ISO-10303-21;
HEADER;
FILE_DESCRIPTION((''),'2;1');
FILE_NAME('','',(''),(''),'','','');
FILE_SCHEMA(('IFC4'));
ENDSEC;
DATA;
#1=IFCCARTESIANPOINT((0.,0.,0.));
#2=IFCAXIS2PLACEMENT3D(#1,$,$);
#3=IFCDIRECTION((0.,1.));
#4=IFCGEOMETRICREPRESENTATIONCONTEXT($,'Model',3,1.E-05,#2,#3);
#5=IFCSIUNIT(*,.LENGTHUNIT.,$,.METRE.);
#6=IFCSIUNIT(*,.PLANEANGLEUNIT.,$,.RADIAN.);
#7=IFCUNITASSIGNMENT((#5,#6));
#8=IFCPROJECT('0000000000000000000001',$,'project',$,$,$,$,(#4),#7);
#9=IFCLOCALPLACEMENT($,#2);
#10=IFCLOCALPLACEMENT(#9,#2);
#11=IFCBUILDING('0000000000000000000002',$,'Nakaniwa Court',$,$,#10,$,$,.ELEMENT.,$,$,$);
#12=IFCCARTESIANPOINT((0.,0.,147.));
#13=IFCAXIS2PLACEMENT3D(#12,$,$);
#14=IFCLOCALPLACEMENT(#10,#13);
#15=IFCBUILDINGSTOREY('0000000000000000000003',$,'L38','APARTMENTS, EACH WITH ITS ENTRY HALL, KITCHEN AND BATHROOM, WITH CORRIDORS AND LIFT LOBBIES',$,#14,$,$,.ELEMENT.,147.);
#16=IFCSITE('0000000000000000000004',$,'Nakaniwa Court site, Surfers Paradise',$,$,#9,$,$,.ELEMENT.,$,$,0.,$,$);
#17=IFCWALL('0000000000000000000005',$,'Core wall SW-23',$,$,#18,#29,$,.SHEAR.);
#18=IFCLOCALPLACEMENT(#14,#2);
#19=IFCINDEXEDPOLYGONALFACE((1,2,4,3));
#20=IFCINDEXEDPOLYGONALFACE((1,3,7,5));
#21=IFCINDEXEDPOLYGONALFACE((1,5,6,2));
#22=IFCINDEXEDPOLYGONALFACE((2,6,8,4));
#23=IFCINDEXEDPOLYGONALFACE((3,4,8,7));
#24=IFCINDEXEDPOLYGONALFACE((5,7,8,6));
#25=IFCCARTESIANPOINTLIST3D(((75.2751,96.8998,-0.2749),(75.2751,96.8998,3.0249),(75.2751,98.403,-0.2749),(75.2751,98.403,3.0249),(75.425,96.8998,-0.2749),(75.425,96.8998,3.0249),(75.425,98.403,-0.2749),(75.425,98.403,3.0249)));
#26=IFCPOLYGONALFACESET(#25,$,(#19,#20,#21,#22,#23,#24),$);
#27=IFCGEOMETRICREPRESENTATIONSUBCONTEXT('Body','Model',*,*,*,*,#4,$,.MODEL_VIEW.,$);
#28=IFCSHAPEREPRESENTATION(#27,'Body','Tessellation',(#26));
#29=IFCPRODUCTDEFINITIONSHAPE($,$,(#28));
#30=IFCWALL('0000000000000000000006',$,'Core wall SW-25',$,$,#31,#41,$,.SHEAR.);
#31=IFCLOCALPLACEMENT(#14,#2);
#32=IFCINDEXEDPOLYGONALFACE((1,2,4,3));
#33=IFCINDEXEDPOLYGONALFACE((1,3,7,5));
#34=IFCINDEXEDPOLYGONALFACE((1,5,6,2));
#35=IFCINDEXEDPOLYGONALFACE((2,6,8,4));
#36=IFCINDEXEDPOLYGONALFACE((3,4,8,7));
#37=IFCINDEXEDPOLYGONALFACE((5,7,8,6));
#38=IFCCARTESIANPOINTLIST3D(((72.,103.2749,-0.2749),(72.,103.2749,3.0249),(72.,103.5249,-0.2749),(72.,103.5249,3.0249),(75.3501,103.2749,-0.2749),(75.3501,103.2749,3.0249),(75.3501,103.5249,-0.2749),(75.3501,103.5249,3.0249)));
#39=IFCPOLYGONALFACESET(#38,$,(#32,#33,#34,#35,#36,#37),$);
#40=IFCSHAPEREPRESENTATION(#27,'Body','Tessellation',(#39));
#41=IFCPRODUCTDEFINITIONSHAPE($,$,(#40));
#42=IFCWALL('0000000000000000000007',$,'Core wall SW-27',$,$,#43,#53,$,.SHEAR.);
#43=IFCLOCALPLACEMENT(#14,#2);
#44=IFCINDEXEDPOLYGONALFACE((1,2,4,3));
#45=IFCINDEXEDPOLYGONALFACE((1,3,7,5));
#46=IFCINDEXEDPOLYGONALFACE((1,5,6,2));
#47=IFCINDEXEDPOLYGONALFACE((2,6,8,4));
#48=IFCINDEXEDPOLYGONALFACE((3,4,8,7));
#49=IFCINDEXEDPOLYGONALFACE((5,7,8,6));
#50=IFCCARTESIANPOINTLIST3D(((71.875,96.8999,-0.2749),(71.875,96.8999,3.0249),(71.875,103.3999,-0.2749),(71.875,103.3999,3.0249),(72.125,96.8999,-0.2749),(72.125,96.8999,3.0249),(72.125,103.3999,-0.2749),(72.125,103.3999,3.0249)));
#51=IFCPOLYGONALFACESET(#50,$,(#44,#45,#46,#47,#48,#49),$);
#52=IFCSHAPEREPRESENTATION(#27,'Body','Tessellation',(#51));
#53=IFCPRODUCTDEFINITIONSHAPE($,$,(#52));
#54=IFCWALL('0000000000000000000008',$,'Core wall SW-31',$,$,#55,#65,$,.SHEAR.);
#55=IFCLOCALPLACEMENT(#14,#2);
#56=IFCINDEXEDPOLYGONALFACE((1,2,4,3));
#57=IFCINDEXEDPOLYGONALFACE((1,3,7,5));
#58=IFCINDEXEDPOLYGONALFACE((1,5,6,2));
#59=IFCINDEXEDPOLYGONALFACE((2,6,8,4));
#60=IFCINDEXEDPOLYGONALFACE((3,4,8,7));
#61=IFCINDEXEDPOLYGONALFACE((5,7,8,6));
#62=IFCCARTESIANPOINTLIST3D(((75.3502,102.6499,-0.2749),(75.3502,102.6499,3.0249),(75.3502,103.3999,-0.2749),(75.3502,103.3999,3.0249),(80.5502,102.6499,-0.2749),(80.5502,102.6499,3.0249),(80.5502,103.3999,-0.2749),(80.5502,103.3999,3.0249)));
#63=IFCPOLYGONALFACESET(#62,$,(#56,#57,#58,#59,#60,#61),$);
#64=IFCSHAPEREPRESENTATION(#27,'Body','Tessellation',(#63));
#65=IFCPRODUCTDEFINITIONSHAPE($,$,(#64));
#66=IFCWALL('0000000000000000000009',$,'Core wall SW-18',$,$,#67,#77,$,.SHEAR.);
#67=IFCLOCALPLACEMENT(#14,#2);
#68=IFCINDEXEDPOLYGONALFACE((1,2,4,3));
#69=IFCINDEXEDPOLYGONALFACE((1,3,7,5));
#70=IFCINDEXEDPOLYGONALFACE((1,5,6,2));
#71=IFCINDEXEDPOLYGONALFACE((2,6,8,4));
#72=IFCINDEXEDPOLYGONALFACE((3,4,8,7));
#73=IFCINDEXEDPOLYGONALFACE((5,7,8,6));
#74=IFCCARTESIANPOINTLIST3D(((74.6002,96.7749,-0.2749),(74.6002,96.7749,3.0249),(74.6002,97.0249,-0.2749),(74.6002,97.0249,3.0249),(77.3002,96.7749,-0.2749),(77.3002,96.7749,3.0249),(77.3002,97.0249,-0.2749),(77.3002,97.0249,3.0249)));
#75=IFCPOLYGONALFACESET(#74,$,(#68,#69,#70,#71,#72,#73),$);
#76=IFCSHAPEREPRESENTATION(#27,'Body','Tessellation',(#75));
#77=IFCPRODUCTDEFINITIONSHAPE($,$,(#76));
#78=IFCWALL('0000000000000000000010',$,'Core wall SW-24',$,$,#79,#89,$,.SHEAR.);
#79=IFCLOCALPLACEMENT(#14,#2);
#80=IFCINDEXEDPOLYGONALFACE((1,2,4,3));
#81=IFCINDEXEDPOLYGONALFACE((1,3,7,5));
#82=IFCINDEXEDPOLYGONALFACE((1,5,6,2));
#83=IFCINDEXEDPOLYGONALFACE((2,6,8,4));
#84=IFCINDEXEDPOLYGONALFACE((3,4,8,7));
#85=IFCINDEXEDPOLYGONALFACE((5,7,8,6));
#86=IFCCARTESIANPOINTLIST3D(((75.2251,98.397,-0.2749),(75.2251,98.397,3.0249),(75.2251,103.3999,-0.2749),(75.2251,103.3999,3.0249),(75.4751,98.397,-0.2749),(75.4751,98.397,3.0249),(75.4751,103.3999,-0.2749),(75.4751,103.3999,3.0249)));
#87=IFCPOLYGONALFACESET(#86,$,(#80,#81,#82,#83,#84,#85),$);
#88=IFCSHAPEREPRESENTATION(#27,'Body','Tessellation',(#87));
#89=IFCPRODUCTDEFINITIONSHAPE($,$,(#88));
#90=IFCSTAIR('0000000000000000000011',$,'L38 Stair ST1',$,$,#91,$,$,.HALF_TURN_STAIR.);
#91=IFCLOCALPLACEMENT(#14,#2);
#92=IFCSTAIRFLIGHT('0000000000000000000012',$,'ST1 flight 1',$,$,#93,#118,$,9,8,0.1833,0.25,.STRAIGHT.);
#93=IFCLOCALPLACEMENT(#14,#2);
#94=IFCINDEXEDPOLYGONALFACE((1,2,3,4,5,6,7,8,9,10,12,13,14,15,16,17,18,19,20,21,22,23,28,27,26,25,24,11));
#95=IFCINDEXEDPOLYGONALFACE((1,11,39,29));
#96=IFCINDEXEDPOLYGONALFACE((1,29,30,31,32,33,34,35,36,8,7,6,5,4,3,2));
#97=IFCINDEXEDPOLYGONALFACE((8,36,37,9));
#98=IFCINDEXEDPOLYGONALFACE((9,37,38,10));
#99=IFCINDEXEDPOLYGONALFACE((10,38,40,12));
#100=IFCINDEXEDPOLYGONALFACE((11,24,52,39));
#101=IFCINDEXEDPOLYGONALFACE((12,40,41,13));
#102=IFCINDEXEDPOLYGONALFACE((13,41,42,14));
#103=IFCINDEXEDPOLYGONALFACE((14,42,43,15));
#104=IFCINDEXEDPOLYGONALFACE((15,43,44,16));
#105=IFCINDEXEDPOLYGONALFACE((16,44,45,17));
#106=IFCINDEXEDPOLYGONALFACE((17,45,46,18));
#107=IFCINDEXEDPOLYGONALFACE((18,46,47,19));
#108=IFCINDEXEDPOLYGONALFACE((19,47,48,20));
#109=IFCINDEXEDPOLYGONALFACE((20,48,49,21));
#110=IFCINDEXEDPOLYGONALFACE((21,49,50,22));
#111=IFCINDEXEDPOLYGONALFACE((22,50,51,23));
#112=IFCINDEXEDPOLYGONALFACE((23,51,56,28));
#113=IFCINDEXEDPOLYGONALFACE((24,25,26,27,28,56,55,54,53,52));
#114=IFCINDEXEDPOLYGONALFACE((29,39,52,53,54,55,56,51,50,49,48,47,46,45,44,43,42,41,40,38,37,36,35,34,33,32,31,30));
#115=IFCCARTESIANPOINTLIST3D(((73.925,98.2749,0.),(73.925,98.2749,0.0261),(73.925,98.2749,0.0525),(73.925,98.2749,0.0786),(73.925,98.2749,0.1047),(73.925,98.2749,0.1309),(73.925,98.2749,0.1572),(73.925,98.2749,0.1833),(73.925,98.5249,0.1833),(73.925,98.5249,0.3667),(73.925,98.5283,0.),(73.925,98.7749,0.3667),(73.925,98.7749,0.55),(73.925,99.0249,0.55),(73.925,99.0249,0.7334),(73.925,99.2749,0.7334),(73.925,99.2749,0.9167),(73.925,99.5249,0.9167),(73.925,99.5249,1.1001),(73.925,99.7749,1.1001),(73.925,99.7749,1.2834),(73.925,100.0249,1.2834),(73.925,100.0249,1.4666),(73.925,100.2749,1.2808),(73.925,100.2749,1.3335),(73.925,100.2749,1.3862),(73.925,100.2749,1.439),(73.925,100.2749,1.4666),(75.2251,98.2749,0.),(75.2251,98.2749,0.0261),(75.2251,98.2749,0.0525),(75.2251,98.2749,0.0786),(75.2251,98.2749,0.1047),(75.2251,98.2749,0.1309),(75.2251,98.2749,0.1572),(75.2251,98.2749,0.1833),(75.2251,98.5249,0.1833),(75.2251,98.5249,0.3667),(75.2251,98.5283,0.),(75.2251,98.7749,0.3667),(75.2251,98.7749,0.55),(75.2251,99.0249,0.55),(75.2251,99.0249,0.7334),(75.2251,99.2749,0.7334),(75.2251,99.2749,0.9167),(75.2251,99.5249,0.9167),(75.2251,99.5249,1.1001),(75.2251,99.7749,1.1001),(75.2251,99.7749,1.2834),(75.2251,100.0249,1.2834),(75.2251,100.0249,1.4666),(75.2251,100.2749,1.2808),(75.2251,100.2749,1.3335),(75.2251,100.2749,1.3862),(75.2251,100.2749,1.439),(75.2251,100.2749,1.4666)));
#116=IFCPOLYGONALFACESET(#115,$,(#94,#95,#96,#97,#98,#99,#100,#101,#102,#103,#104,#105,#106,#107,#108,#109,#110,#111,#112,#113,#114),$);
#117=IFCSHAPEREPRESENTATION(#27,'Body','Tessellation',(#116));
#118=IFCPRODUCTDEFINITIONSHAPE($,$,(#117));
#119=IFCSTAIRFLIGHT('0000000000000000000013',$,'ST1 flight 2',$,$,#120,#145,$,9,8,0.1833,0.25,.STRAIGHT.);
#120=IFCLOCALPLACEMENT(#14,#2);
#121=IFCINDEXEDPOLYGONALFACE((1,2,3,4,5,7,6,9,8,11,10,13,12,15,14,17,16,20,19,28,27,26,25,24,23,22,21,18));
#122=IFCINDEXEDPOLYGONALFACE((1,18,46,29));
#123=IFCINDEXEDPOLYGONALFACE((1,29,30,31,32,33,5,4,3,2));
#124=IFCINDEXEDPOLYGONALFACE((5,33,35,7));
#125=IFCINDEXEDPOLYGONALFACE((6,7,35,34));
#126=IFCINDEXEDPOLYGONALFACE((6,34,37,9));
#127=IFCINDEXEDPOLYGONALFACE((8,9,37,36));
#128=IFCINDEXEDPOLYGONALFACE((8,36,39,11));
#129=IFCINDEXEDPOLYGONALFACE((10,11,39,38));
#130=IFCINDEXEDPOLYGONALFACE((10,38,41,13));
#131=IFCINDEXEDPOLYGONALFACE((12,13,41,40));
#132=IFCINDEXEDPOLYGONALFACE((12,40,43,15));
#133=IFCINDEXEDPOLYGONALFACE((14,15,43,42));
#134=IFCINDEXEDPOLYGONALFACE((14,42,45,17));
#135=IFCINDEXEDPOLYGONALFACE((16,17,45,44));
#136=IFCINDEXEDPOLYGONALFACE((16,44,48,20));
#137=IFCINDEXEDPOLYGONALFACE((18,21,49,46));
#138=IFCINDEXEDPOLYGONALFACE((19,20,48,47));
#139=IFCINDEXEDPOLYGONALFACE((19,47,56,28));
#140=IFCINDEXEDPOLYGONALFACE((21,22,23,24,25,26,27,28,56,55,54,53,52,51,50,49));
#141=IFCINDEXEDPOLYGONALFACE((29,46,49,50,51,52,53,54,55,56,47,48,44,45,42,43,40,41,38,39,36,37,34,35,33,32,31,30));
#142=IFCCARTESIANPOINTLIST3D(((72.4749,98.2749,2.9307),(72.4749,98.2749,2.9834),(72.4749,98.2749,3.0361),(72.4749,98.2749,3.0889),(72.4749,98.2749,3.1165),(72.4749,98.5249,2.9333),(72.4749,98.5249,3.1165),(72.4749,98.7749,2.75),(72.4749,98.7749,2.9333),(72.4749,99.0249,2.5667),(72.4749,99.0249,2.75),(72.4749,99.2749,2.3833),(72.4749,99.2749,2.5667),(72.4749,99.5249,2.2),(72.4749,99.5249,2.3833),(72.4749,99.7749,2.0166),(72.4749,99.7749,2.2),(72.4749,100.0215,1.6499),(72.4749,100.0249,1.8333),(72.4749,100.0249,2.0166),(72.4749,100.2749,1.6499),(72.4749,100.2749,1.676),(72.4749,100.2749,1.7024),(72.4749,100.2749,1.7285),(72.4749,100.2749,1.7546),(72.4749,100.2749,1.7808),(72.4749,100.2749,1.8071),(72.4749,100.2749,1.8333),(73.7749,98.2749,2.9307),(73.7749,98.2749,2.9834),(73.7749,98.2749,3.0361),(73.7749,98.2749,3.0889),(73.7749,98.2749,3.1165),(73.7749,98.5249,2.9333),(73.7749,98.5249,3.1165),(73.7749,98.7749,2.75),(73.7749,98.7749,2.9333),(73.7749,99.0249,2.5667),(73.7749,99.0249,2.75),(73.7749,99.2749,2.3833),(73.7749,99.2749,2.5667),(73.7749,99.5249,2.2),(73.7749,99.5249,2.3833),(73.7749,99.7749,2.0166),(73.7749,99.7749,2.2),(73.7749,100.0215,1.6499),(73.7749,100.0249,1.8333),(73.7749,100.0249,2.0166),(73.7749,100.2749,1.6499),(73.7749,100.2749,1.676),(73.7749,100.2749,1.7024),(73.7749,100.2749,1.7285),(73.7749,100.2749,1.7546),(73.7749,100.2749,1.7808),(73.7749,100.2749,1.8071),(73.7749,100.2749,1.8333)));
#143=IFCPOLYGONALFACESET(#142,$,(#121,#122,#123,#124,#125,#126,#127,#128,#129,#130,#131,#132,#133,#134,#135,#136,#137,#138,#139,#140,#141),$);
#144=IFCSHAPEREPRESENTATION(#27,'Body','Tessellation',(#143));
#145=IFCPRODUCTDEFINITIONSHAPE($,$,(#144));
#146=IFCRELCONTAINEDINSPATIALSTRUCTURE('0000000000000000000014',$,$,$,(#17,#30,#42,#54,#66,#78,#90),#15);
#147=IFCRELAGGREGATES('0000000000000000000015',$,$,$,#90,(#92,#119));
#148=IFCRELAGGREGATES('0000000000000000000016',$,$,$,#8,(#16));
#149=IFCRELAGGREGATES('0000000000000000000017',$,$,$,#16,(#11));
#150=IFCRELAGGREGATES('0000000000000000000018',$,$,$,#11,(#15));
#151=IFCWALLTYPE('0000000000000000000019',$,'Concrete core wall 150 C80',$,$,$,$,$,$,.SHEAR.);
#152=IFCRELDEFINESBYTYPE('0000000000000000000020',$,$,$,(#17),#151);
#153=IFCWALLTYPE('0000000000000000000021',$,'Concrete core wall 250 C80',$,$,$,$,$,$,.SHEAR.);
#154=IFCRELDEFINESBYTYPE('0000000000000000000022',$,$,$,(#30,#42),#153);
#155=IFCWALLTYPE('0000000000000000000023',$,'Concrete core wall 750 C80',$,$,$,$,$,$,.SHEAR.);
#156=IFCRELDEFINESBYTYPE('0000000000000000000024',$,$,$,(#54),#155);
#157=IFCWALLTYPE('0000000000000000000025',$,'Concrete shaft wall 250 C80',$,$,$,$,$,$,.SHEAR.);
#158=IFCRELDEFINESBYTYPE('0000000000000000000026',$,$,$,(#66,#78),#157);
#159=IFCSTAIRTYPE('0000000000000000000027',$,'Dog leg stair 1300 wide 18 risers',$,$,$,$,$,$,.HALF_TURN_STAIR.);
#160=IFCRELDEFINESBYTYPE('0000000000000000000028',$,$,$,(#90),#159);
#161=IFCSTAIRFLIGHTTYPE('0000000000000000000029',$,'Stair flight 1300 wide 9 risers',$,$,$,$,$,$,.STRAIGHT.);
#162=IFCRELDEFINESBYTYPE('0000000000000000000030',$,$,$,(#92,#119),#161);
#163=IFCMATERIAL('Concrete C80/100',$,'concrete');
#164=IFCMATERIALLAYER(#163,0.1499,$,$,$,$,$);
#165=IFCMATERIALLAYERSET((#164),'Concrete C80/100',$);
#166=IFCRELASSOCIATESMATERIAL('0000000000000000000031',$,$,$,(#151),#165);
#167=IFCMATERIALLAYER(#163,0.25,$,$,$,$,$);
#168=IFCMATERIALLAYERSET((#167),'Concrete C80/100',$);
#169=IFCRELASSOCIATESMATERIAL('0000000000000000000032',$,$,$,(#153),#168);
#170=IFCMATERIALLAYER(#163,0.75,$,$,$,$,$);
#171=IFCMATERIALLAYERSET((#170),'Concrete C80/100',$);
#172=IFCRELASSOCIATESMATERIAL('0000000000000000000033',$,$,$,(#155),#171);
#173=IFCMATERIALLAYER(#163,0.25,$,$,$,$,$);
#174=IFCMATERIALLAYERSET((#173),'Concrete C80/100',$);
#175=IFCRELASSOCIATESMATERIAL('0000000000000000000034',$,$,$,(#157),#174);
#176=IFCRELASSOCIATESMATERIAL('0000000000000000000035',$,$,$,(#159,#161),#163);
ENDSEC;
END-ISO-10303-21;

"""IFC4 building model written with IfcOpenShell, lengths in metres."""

from ifc_helpers import new_model, si_unit, direction, frame, frame_2d, origin, place, context, subcontext, project, spatial, polyline, rectangle, outline, extrude, material, layer, layer_set, type_object, element, aggregate, save


model = new_model("IFC4")

# Units and contexts
model_context = context("Model", 3, precision=1e-05, world=origin(), true_north=direction((0.0, 1.0)))
body_context = subcontext(model_context, "Body", "Model", "MODEL_VIEW")
ifc_project = project(units=[si_unit("LENGTHUNIT", "METRE"), si_unit("PLANEANGLEUNIT", "RADIAN")], contexts=[model_context])

# Site, building, storey
site_placement = place(None, origin())
site = spatial("IfcSite", under=ifc_project, at=site_placement, Name="Nakaniwa Court site, Surfers Paradise", CompositionType="ELEMENT", RefElevation=0.0)
building_placement = place(site_placement, origin())
building = spatial("IfcBuilding", under=site, at=building_placement, Name="Nakaniwa Court", CompositionType="ELEMENT")
storey_placement = place(building_placement, frame((0.0, 0.0, 147.0)))
storey = spatial("IfcBuildingStorey", under=building, at=storey_placement, Name="L38", Description="APARTMENTS, EACH WITH ITS ENTRY HALL, KITCHEN AND BATHROOM, WITH CORRIDORS AND LIFT LOBBIES", CompositionType="ELEMENT", Elevation=147.0)

# Shared definitions
ifc_material_1 = material(Name="Concrete C80/100", Category="concrete")

# Shared definitions
ifc_layer_1 = layer(ifc_material_1, 0.1499)
ifc_layer_set_1 = layer_set([ifc_layer_1], Name="Concrete C80/100")
wall_type_1 = type_object("IfcWallType", Name="Concrete core wall 150 C80", PredefinedType="SHEAR", material=ifc_layer_set_1)

# Walls
wall_1_placement = place(storey_placement, frame((75.3501, 96.8999, -0.2749), z_axis=(0.0, 0.0, 1.0), x_axis=(0.0, 1.0, 0.0)))
element("IfcWall", 1, at=wall_1_placement, inside=storey, type_object=wall_type_1, Name="Core wall SW-23", PredefinedType="SHEAR", context=body_context, shape_type="SweptSolid", body=[
    extrude(rectangle(XDim=1.5032, YDim=0.1499, at=frame_2d((0.7515, 0.0))), origin(), (0.0, 0.0, 1.0), 3.2998),
])
ifc_layer_2 = layer(ifc_material_1, 0.25)
ifc_layer_set_2 = layer_set([ifc_layer_2], Name="Concrete C80/100")
wall_type_2 = type_object("IfcWallType", Name="Concrete core wall 250 C80", PredefinedType="SHEAR", material=ifc_layer_set_2)
wall_2_placement = place(storey_placement, frame((72.0, 103.3999, -0.2749), z_axis=(0.0, 0.0, 1.0), x_axis=(1.0, 0.0, 0.0)))
element("IfcWall", 2, at=wall_2_placement, inside=storey, type_object=wall_type_2, Name="Core wall SW-25", PredefinedType="SHEAR", context=body_context, shape_type="SweptSolid", body=[
    extrude(rectangle(XDim=3.3501, YDim=0.25, at=frame_2d((1.675, 0.0))), origin(), (0.0, 0.0, 1.0), 3.2998),
])
wall_3_placement = place(storey_placement, frame((72.0, 96.8999, -0.2749), z_axis=(0.0, 0.0, 1.0), x_axis=(0.0, 1.0, 0.0)))
element("IfcWall", 3, at=wall_3_placement, inside=storey, type_object=wall_type_2, Name="Core wall SW-27", PredefinedType="SHEAR", context=body_context, shape_type="SweptSolid", body=[
    extrude(rectangle(XDim=6.5, YDim=0.25, at=frame_2d((3.25, 0.0))), origin(), (0.0, 0.0, 1.0), 3.2998),
])
ifc_layer_3 = layer(ifc_material_1, 0.75)
ifc_layer_set_3 = layer_set([ifc_layer_3], Name="Concrete C80/100")
wall_type_3 = type_object("IfcWallType", Name="Concrete core wall 750 C80", PredefinedType="SHEAR", material=ifc_layer_set_3)
wall_4_placement = place(storey_placement, frame((75.3501, 103.0249, -0.2749), z_axis=(0.0, 0.0, 1.0), x_axis=(1.0, 0.0, 0.0)))
element("IfcWall", 4, at=wall_4_placement, inside=storey, type_object=wall_type_3, Name="Core wall SW-31", PredefinedType="SHEAR", context=body_context, shape_type="SweptSolid", body=[
    extrude(rectangle(XDim=5.2, YDim=0.75, at=frame_2d((2.6001, 0.0))), origin(), (0.0, 0.0, 1.0), 3.2998),
])
ifc_layer_4 = layer(ifc_material_1, 0.25)
ifc_layer_set_4 = layer_set([ifc_layer_4], Name="Concrete C80/100")
wall_type_4 = type_object("IfcWallType", Name="Concrete shaft wall 250 C80", PredefinedType="SHEAR", material=ifc_layer_set_4)
wall_5_placement = place(storey_placement, frame((74.6001, 96.8999, -0.2749), z_axis=(0.0, 0.0, 1.0), x_axis=(1.0, 0.0, 0.0)))
element("IfcWall", 5, at=wall_5_placement, inside=storey, type_object=wall_type_4, Name="Core wall SW-18", PredefinedType="SHEAR", context=body_context, shape_type="SweptSolid", body=[
    extrude(rectangle(XDim=2.7, YDim=0.25, at=frame_2d((1.3501, 0.0))), origin(), (0.0, 0.0, 1.0), 3.2998),
])
wall_6_placement = place(storey_placement, frame((75.3501, 98.397, -0.2749), z_axis=(0.0, 0.0, 1.0), x_axis=(0.0, 1.0, 0.0)))
element("IfcWall", 6, at=wall_6_placement, inside=storey, type_object=wall_type_4, Name="Core wall SW-24", PredefinedType="SHEAR", context=body_context, shape_type="SweptSolid", body=[
    extrude(rectangle(XDim=5.0029, YDim=0.25, at=frame_2d((2.5015, 0.0))), origin(), (0.0, 0.0, 1.0), 3.2998),
])

# Stair, stair flights
stair_type = type_object("IfcStairType", Name="Dog leg stair 1300 wide 18 risers", PredefinedType="HALF_TURN_STAIR", material=ifc_material_1)
stair_placement = place(storey_placement, origin())
stair = element("IfcStair", 7, at=stair_placement, inside=storey, type_object=stair_type, Name="L38 Stair ST1", PredefinedType="HALF_TURN_STAIR")
stair_flight_type = type_object("IfcStairFlightType", Name="Stair flight 1300 wide 9 risers", PredefinedType="STRAIGHT", material=ifc_material_1)
stair_flight_1_placement = place(storey_placement, frame((74.575, 98.2749, 0.0), z_axis=(0.0, 0.0, 1.0), x_axis=(0.0, 1.0, 0.0)))
stair_flight_1 = element("IfcStairFlight", 8, at=stair_flight_1_placement, type_object=stair_flight_type, Name="ST1 flight 1", NumberOfRisers=9, NumberOfTreads=8, PredefinedType="STRAIGHT", RiserHeight=0.1833, TreadLength=0.25, context=body_context, shape_type="SweptSolid", body=[
    extrude(outline(polyline([(0.0, 0.0), (0.0, 0.0261), (0.0, 0.0525), (0.0, 0.0786), (0.0, 0.1047), (0.0, 0.1309), (0.0, 0.1572), (0.0, 0.1833), (0.25, 0.1833), (0.25, 0.3667), (0.5, 0.3667), (0.5, 0.55), (0.75, 0.55), (0.75, 0.7334), (1.0, 0.7334), (1.0, 0.9167), (1.25, 0.9167), (1.25, 1.1001), (1.5, 1.1001), (1.5, 1.2834), (1.75, 1.2834), (1.75, 1.4666), (2.0, 1.4666), (2.0, 1.6499), (2.0, 1.5972), (2.0, 1.5444), (2.0, 1.4917), (2.0, 1.439), (2.0, 1.3862), (2.0, 1.3335), (2.0, 1.2808), (0.2534, 0.0), (0.0, 0.0)])), frame((0.0, 0.6499, 0.0), z_axis=(0.0, -1.0, 0.0), x_axis=(1.0, 0.0, 0.0)), (0.0, 0.0, 1.0), 1.3),
])
stair_flight_2_placement = place(storey_placement, frame((73.125, 100.2749, 1.6499), z_axis=(0.0, 0.0, 1.0), x_axis=(0.0, -1.0, 0.0)))
stair_flight_2 = element("IfcStairFlight", 9, at=stair_flight_2_placement, type_object=stair_flight_type, Name="ST1 flight 2", NumberOfRisers=9, NumberOfTreads=8, PredefinedType="STRAIGHT", RiserHeight=0.1833, TreadLength=0.25, context=body_context, shape_type="SweptSolid", body=[
    extrude(outline(polyline([(0.0, 0.0), (0.0, 0.0261), (0.0, 0.0525), (0.0, 0.0786), (0.0, 0.1047), (0.0, 0.1309), (0.0, 0.1572), (0.0, 0.1833), (0.25, 0.1833), (0.25, 0.3667), (0.5, 0.3667), (0.5, 0.55), (0.75, 0.55), (0.75, 0.7334), (1.0, 0.7334), (1.0, 0.9167), (1.25, 0.9167), (1.25, 1.1001), (1.5, 1.1001), (1.5, 1.2834), (1.75, 1.2834), (1.75, 1.4666), (2.0, 1.4666), (2.0, 1.6499), (2.0, 1.5972), (2.0, 1.5444), (2.0, 1.4917), (2.0, 1.439), (2.0, 1.3862), (2.0, 1.3335), (2.0, 1.2808), (0.2534, 0.0), (0.0, 0.0)])), frame((0.0, 0.6499, 0.0), z_axis=(0.0, -1.0, 0.0), x_axis=(1.0, 0.0, 0.0)), (0.0, 0.0, 1.0), 1.3),
])
aggregate(stair, [stair_flight_1, stair_flight_2])

save(model, "model.ifc")
